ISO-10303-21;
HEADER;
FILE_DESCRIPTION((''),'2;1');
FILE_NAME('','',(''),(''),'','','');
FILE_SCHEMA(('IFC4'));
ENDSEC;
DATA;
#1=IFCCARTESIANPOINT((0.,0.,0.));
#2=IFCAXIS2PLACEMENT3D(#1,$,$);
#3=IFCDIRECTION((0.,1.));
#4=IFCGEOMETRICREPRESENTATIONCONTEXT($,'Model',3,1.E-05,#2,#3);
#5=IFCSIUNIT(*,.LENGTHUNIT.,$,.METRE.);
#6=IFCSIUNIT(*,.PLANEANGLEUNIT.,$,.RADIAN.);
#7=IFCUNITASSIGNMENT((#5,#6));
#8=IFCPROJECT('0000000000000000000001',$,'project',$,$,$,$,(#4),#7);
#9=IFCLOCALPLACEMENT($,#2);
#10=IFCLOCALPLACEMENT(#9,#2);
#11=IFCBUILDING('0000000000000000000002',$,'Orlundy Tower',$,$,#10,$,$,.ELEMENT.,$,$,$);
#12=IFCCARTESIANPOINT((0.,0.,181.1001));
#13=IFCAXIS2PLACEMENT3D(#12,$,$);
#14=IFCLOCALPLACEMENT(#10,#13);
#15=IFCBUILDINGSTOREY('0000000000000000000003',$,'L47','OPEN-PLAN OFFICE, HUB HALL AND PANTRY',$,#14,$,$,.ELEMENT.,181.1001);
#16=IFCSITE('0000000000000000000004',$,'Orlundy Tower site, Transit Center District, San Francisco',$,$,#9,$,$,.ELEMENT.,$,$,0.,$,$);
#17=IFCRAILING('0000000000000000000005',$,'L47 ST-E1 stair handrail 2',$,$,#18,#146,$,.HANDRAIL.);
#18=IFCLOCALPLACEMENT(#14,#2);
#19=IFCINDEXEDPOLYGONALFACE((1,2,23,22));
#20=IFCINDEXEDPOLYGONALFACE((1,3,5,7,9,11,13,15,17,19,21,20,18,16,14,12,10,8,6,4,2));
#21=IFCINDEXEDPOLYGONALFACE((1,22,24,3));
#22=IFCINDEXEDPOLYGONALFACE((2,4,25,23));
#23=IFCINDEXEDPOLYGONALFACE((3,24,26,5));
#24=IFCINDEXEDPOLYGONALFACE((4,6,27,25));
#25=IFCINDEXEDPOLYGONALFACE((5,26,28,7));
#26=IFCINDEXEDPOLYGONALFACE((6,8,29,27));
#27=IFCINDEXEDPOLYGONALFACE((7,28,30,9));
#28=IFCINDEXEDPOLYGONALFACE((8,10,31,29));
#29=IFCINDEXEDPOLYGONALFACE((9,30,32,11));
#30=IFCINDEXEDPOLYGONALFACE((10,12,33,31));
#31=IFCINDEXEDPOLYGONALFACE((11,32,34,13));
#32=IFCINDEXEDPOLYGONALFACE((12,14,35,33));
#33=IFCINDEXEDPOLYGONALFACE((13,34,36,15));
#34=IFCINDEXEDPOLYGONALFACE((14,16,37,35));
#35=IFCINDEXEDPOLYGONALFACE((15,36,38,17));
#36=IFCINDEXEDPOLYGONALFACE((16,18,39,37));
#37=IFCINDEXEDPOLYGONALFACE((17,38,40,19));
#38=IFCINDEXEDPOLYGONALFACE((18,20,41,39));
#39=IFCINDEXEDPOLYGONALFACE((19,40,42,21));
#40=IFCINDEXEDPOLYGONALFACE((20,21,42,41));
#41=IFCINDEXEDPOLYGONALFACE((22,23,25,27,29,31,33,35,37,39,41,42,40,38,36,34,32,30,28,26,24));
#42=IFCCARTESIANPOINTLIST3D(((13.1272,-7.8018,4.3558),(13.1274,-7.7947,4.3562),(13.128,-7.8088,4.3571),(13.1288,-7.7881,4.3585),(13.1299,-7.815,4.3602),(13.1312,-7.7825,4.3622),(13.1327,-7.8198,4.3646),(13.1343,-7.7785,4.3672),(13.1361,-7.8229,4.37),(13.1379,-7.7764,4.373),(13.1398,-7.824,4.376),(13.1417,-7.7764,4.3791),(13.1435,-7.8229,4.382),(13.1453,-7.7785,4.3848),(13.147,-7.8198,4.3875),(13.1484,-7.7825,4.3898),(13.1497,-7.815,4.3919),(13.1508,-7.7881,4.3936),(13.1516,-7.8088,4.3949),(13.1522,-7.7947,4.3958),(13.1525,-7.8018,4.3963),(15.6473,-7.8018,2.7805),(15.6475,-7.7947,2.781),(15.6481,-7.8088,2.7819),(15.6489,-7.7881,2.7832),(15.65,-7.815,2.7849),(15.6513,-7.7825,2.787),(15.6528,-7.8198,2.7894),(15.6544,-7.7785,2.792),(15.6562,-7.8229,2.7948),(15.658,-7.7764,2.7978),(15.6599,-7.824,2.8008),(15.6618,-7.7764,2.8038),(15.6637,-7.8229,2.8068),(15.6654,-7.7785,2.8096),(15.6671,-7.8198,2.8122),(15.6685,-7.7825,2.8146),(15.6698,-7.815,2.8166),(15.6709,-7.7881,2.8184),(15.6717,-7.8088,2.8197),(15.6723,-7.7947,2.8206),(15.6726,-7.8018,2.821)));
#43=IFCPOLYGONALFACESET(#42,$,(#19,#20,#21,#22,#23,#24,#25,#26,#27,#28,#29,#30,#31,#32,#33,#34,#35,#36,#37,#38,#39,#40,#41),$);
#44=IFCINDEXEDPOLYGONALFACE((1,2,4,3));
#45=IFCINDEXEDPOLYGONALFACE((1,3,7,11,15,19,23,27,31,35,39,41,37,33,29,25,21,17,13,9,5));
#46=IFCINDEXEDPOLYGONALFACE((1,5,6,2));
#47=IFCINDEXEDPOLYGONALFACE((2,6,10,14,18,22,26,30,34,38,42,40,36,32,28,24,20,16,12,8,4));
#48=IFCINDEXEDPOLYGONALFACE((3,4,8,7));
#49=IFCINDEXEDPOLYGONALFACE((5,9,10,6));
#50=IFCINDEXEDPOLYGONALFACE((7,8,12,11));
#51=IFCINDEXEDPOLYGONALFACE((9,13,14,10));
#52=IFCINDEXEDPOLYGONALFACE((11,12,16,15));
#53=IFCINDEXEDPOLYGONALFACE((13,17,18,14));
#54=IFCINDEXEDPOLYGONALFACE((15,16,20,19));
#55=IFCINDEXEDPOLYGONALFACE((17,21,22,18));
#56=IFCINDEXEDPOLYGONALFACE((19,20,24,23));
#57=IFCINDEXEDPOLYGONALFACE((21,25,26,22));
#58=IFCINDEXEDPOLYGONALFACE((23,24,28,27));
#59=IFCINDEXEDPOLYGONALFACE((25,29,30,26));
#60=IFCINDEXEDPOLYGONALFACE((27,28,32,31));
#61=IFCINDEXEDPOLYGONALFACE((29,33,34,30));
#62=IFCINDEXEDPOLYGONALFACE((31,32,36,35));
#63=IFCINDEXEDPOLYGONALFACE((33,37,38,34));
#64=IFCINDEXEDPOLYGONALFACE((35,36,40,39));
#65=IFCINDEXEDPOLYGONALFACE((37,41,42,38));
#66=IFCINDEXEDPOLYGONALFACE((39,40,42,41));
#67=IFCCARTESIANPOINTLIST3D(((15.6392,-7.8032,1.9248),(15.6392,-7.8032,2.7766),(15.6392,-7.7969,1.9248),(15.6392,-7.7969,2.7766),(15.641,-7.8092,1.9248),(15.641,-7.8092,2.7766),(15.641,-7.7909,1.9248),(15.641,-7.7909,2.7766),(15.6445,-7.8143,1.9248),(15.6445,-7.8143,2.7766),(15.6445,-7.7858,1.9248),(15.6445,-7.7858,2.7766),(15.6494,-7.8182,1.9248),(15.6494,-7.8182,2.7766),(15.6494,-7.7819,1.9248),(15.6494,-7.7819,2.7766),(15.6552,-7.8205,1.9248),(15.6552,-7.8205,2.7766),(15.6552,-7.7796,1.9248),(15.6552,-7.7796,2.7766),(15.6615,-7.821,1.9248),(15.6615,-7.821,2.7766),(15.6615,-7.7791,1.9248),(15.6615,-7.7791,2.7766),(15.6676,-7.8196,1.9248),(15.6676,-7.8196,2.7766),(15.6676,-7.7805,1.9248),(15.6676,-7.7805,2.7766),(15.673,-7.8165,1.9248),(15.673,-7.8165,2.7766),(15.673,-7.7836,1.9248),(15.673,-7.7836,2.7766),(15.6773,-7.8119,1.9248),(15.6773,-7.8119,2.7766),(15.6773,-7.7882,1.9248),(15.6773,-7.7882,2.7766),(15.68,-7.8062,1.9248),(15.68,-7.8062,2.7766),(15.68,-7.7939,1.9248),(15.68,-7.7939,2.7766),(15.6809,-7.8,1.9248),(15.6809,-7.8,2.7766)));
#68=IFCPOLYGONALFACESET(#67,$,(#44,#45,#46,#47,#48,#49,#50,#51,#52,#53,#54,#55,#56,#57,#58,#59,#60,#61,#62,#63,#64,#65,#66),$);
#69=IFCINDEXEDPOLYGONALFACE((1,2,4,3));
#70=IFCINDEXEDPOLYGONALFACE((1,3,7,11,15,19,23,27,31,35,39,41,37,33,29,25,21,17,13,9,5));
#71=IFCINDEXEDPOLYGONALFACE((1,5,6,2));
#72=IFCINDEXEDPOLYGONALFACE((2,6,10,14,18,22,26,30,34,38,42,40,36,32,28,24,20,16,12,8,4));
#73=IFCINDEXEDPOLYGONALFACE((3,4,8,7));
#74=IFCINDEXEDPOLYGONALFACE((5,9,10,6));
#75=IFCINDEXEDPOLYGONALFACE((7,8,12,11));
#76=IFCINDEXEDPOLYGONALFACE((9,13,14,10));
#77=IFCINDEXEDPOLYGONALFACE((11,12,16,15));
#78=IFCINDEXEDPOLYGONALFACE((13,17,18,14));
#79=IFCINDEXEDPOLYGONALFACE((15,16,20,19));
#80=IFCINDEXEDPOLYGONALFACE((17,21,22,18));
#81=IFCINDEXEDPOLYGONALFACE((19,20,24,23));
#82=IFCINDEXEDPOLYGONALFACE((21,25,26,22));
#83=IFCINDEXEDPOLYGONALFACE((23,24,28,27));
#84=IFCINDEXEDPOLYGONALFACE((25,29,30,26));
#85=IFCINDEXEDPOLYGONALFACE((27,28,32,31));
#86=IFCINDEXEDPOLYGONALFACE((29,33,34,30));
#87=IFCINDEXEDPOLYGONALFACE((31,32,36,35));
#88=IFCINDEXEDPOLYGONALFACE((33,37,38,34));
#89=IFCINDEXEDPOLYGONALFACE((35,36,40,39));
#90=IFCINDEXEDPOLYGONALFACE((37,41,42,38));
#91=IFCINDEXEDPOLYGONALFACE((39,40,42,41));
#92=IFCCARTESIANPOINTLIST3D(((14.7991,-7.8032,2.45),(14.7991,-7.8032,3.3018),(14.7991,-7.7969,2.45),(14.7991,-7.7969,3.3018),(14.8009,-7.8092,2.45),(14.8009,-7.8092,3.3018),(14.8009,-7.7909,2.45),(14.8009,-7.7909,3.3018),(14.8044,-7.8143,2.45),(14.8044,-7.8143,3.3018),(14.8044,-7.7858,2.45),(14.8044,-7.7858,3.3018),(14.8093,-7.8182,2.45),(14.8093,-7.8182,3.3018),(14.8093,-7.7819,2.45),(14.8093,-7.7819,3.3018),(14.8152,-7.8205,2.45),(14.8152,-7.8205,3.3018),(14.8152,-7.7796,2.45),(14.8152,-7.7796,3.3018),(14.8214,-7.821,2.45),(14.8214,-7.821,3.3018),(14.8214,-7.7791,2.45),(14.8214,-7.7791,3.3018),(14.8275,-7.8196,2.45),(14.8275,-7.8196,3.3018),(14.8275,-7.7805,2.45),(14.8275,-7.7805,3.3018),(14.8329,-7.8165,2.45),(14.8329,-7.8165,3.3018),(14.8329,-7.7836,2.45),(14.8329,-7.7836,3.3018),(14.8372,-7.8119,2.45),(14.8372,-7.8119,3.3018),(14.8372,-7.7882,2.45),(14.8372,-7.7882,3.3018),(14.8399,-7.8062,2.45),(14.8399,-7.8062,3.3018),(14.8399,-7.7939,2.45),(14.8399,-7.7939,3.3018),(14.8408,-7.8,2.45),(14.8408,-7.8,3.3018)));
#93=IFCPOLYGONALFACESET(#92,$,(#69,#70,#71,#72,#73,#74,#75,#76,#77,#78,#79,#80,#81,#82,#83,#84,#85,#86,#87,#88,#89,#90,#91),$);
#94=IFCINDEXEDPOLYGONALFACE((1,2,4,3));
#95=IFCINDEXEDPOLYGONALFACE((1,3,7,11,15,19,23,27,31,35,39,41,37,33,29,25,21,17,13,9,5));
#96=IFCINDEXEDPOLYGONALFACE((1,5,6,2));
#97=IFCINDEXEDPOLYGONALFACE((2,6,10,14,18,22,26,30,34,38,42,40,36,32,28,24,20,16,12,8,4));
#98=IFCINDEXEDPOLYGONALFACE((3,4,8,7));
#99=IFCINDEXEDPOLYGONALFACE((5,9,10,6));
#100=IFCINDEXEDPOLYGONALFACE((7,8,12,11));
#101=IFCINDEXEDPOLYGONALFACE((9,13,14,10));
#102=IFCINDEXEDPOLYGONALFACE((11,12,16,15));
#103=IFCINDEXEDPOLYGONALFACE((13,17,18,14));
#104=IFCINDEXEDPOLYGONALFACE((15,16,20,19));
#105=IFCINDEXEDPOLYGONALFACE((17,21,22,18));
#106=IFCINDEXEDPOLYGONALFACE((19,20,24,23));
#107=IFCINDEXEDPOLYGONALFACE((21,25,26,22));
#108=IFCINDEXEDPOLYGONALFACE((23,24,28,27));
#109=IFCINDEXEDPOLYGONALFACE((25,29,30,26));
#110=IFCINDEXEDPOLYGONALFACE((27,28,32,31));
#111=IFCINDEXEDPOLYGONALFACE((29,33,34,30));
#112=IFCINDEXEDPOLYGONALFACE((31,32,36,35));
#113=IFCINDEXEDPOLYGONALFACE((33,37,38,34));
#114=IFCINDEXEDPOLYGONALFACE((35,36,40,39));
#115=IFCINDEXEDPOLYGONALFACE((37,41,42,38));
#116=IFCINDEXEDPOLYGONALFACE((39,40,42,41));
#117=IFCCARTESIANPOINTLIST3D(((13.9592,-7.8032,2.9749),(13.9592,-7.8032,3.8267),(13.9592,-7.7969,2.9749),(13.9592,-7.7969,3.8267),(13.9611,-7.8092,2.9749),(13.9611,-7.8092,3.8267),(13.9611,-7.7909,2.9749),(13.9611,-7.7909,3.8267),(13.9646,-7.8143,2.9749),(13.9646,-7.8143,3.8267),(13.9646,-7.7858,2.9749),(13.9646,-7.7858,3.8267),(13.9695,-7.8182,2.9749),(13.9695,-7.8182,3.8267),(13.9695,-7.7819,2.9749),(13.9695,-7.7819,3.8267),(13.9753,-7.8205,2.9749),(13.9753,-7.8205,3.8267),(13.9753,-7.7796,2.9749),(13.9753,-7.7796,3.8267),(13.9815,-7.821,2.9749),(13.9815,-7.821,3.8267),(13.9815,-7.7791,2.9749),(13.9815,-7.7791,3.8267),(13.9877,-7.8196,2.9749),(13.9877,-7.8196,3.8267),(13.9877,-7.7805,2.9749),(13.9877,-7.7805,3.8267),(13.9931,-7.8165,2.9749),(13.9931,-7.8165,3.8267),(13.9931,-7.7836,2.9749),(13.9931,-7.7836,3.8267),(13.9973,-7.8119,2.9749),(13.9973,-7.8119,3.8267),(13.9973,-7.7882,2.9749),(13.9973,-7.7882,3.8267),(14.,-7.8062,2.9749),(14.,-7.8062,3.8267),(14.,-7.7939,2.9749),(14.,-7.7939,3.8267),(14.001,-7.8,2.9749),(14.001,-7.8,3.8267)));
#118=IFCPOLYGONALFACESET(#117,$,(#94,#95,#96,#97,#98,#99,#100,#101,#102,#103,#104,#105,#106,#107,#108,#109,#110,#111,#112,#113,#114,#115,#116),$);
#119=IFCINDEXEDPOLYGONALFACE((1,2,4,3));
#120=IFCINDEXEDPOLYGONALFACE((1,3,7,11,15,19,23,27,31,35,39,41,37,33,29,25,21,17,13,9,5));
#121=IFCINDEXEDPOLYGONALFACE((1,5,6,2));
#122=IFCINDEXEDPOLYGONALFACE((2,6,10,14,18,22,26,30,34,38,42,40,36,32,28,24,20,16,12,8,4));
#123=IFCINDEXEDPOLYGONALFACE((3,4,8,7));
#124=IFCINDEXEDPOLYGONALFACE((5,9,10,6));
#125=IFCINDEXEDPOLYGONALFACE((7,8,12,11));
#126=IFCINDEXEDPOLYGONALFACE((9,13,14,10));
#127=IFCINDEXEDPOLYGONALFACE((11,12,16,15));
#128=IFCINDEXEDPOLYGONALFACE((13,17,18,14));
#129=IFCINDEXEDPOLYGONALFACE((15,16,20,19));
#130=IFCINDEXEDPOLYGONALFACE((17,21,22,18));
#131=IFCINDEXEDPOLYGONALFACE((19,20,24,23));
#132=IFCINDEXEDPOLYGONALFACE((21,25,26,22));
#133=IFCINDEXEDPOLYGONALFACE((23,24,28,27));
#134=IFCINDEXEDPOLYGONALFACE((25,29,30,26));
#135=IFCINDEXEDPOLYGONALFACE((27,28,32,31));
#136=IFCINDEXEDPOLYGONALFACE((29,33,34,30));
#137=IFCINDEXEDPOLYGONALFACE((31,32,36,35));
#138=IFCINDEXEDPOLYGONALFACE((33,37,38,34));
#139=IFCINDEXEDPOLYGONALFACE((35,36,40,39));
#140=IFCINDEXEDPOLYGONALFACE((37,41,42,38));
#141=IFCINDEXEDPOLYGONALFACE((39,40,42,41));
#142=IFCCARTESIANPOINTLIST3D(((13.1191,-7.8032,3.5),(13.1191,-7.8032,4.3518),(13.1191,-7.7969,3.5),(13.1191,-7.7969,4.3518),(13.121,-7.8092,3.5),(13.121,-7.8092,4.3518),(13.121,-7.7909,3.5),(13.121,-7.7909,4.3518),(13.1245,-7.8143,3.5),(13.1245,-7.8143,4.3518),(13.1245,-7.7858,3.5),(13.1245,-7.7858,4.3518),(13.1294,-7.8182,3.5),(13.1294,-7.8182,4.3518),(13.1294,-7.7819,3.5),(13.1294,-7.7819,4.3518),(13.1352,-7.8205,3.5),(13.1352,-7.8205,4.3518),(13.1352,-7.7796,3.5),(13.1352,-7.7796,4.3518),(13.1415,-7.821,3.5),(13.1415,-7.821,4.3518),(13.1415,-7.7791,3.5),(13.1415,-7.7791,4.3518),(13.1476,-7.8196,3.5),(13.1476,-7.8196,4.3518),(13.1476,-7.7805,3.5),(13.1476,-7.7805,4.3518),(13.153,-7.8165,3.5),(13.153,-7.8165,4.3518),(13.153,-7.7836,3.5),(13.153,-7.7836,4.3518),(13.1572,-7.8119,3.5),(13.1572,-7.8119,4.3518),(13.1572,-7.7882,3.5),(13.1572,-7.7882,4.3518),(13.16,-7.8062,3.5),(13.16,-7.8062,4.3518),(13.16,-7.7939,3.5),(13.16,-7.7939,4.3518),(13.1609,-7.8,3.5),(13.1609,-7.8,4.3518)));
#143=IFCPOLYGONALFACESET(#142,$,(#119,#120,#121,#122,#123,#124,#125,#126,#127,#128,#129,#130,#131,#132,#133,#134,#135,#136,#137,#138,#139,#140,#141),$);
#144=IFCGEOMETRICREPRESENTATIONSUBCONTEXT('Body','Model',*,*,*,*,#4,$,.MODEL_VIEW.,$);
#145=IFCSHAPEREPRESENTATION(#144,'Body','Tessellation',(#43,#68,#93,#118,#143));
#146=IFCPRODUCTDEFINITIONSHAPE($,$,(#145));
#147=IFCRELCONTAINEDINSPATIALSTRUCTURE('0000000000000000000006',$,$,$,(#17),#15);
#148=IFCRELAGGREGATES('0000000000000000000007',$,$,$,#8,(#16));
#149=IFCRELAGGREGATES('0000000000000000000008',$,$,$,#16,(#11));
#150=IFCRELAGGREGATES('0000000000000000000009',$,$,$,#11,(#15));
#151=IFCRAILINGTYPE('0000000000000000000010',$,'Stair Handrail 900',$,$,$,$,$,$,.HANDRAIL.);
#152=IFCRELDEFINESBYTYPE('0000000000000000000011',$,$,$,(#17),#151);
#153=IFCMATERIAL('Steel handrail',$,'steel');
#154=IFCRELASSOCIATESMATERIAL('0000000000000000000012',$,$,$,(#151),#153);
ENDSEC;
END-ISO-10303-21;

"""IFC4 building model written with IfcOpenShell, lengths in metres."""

from ifc_helpers import new_model, si_unit, direction, frame, origin, origin_2d, place, context, subcontext, project, spatial, circle, extrude, material, type_object, element, save


model = new_model("IFC4")

# Units and contexts
model_context = context("Model", 3, precision=1e-05, world=origin(), true_north=direction((0.0, 1.0)))
body_context = subcontext(model_context, "Body", "Model", "MODEL_VIEW")
ifc_project = project(units=[si_unit("LENGTHUNIT", "METRE"), si_unit("PLANEANGLEUNIT", "RADIAN")], contexts=[model_context])

# Site, building, storey
site_placement = place(None, origin())
site = spatial("IfcSite", under=ifc_project, at=site_placement, Name="Orlundy Tower site, Transit Center District, San Francisco", CompositionType="ELEMENT", RefElevation=0.0)
building_placement = place(site_placement, origin())
building = spatial("IfcBuilding", under=site, at=building_placement, Name="Orlundy Tower", CompositionType="ELEMENT")
storey_placement = place(building_placement, frame((0.0, 0.0, 181.1001)))
storey = spatial("IfcBuildingStorey", under=building, at=storey_placement, Name="L47", Description="OPEN-PLAN OFFICE, HUB HALL AND PANTRY", CompositionType="ELEMENT", Elevation=181.1001)

# Railing
ifc_material_1 = material(Name="Steel handrail", Category="steel")
railing_type_1 = type_object("IfcRailingType", Name="Stair Handrail 900", PredefinedType="HANDRAIL", material=ifc_material_1)
railing_1_placement = place(storey_placement, frame((15.6599, -7.8, 1.9248)))
element("IfcRailing", 1, at=railing_1_placement, inside=storey, type_object=railing_type_1, Name="L47 ST-E1 stair handrail 2", PredefinedType="HANDRAIL", context=body_context, shape_type="SweptSolid", body=[
    extrude(circle(Radius=0.0239, at=origin_2d()), frame((0.0, 0.0, 0.876), z_axis=(-0.847971, 0.0, 0.530043), x_axis=(0.0, -1.0, 0.0)), (0.0, 0.0, 1.0), 2.9719),
    extrude(circle(Radius=0.021, at=origin_2d()), origin(), (0.0, 0.0, 1.0), 0.8518),
    extrude(circle(Radius=0.021, at=origin_2d()), frame((-0.8401, 0.0, 0.5251)), (0.0, 0.0, 1.0), 0.8518),
    extrude(circle(Radius=0.021, at=origin_2d()), frame((-1.6799, 0.0, 1.05)), (0.0, 0.0, 1.0), 0.8518),
    extrude(circle(Radius=0.021, at=origin_2d()), frame((-2.52, 0.0, 1.5752)), (0.0, 0.0, 1.0), 0.8518),
])

save(model, "model.ifc")
